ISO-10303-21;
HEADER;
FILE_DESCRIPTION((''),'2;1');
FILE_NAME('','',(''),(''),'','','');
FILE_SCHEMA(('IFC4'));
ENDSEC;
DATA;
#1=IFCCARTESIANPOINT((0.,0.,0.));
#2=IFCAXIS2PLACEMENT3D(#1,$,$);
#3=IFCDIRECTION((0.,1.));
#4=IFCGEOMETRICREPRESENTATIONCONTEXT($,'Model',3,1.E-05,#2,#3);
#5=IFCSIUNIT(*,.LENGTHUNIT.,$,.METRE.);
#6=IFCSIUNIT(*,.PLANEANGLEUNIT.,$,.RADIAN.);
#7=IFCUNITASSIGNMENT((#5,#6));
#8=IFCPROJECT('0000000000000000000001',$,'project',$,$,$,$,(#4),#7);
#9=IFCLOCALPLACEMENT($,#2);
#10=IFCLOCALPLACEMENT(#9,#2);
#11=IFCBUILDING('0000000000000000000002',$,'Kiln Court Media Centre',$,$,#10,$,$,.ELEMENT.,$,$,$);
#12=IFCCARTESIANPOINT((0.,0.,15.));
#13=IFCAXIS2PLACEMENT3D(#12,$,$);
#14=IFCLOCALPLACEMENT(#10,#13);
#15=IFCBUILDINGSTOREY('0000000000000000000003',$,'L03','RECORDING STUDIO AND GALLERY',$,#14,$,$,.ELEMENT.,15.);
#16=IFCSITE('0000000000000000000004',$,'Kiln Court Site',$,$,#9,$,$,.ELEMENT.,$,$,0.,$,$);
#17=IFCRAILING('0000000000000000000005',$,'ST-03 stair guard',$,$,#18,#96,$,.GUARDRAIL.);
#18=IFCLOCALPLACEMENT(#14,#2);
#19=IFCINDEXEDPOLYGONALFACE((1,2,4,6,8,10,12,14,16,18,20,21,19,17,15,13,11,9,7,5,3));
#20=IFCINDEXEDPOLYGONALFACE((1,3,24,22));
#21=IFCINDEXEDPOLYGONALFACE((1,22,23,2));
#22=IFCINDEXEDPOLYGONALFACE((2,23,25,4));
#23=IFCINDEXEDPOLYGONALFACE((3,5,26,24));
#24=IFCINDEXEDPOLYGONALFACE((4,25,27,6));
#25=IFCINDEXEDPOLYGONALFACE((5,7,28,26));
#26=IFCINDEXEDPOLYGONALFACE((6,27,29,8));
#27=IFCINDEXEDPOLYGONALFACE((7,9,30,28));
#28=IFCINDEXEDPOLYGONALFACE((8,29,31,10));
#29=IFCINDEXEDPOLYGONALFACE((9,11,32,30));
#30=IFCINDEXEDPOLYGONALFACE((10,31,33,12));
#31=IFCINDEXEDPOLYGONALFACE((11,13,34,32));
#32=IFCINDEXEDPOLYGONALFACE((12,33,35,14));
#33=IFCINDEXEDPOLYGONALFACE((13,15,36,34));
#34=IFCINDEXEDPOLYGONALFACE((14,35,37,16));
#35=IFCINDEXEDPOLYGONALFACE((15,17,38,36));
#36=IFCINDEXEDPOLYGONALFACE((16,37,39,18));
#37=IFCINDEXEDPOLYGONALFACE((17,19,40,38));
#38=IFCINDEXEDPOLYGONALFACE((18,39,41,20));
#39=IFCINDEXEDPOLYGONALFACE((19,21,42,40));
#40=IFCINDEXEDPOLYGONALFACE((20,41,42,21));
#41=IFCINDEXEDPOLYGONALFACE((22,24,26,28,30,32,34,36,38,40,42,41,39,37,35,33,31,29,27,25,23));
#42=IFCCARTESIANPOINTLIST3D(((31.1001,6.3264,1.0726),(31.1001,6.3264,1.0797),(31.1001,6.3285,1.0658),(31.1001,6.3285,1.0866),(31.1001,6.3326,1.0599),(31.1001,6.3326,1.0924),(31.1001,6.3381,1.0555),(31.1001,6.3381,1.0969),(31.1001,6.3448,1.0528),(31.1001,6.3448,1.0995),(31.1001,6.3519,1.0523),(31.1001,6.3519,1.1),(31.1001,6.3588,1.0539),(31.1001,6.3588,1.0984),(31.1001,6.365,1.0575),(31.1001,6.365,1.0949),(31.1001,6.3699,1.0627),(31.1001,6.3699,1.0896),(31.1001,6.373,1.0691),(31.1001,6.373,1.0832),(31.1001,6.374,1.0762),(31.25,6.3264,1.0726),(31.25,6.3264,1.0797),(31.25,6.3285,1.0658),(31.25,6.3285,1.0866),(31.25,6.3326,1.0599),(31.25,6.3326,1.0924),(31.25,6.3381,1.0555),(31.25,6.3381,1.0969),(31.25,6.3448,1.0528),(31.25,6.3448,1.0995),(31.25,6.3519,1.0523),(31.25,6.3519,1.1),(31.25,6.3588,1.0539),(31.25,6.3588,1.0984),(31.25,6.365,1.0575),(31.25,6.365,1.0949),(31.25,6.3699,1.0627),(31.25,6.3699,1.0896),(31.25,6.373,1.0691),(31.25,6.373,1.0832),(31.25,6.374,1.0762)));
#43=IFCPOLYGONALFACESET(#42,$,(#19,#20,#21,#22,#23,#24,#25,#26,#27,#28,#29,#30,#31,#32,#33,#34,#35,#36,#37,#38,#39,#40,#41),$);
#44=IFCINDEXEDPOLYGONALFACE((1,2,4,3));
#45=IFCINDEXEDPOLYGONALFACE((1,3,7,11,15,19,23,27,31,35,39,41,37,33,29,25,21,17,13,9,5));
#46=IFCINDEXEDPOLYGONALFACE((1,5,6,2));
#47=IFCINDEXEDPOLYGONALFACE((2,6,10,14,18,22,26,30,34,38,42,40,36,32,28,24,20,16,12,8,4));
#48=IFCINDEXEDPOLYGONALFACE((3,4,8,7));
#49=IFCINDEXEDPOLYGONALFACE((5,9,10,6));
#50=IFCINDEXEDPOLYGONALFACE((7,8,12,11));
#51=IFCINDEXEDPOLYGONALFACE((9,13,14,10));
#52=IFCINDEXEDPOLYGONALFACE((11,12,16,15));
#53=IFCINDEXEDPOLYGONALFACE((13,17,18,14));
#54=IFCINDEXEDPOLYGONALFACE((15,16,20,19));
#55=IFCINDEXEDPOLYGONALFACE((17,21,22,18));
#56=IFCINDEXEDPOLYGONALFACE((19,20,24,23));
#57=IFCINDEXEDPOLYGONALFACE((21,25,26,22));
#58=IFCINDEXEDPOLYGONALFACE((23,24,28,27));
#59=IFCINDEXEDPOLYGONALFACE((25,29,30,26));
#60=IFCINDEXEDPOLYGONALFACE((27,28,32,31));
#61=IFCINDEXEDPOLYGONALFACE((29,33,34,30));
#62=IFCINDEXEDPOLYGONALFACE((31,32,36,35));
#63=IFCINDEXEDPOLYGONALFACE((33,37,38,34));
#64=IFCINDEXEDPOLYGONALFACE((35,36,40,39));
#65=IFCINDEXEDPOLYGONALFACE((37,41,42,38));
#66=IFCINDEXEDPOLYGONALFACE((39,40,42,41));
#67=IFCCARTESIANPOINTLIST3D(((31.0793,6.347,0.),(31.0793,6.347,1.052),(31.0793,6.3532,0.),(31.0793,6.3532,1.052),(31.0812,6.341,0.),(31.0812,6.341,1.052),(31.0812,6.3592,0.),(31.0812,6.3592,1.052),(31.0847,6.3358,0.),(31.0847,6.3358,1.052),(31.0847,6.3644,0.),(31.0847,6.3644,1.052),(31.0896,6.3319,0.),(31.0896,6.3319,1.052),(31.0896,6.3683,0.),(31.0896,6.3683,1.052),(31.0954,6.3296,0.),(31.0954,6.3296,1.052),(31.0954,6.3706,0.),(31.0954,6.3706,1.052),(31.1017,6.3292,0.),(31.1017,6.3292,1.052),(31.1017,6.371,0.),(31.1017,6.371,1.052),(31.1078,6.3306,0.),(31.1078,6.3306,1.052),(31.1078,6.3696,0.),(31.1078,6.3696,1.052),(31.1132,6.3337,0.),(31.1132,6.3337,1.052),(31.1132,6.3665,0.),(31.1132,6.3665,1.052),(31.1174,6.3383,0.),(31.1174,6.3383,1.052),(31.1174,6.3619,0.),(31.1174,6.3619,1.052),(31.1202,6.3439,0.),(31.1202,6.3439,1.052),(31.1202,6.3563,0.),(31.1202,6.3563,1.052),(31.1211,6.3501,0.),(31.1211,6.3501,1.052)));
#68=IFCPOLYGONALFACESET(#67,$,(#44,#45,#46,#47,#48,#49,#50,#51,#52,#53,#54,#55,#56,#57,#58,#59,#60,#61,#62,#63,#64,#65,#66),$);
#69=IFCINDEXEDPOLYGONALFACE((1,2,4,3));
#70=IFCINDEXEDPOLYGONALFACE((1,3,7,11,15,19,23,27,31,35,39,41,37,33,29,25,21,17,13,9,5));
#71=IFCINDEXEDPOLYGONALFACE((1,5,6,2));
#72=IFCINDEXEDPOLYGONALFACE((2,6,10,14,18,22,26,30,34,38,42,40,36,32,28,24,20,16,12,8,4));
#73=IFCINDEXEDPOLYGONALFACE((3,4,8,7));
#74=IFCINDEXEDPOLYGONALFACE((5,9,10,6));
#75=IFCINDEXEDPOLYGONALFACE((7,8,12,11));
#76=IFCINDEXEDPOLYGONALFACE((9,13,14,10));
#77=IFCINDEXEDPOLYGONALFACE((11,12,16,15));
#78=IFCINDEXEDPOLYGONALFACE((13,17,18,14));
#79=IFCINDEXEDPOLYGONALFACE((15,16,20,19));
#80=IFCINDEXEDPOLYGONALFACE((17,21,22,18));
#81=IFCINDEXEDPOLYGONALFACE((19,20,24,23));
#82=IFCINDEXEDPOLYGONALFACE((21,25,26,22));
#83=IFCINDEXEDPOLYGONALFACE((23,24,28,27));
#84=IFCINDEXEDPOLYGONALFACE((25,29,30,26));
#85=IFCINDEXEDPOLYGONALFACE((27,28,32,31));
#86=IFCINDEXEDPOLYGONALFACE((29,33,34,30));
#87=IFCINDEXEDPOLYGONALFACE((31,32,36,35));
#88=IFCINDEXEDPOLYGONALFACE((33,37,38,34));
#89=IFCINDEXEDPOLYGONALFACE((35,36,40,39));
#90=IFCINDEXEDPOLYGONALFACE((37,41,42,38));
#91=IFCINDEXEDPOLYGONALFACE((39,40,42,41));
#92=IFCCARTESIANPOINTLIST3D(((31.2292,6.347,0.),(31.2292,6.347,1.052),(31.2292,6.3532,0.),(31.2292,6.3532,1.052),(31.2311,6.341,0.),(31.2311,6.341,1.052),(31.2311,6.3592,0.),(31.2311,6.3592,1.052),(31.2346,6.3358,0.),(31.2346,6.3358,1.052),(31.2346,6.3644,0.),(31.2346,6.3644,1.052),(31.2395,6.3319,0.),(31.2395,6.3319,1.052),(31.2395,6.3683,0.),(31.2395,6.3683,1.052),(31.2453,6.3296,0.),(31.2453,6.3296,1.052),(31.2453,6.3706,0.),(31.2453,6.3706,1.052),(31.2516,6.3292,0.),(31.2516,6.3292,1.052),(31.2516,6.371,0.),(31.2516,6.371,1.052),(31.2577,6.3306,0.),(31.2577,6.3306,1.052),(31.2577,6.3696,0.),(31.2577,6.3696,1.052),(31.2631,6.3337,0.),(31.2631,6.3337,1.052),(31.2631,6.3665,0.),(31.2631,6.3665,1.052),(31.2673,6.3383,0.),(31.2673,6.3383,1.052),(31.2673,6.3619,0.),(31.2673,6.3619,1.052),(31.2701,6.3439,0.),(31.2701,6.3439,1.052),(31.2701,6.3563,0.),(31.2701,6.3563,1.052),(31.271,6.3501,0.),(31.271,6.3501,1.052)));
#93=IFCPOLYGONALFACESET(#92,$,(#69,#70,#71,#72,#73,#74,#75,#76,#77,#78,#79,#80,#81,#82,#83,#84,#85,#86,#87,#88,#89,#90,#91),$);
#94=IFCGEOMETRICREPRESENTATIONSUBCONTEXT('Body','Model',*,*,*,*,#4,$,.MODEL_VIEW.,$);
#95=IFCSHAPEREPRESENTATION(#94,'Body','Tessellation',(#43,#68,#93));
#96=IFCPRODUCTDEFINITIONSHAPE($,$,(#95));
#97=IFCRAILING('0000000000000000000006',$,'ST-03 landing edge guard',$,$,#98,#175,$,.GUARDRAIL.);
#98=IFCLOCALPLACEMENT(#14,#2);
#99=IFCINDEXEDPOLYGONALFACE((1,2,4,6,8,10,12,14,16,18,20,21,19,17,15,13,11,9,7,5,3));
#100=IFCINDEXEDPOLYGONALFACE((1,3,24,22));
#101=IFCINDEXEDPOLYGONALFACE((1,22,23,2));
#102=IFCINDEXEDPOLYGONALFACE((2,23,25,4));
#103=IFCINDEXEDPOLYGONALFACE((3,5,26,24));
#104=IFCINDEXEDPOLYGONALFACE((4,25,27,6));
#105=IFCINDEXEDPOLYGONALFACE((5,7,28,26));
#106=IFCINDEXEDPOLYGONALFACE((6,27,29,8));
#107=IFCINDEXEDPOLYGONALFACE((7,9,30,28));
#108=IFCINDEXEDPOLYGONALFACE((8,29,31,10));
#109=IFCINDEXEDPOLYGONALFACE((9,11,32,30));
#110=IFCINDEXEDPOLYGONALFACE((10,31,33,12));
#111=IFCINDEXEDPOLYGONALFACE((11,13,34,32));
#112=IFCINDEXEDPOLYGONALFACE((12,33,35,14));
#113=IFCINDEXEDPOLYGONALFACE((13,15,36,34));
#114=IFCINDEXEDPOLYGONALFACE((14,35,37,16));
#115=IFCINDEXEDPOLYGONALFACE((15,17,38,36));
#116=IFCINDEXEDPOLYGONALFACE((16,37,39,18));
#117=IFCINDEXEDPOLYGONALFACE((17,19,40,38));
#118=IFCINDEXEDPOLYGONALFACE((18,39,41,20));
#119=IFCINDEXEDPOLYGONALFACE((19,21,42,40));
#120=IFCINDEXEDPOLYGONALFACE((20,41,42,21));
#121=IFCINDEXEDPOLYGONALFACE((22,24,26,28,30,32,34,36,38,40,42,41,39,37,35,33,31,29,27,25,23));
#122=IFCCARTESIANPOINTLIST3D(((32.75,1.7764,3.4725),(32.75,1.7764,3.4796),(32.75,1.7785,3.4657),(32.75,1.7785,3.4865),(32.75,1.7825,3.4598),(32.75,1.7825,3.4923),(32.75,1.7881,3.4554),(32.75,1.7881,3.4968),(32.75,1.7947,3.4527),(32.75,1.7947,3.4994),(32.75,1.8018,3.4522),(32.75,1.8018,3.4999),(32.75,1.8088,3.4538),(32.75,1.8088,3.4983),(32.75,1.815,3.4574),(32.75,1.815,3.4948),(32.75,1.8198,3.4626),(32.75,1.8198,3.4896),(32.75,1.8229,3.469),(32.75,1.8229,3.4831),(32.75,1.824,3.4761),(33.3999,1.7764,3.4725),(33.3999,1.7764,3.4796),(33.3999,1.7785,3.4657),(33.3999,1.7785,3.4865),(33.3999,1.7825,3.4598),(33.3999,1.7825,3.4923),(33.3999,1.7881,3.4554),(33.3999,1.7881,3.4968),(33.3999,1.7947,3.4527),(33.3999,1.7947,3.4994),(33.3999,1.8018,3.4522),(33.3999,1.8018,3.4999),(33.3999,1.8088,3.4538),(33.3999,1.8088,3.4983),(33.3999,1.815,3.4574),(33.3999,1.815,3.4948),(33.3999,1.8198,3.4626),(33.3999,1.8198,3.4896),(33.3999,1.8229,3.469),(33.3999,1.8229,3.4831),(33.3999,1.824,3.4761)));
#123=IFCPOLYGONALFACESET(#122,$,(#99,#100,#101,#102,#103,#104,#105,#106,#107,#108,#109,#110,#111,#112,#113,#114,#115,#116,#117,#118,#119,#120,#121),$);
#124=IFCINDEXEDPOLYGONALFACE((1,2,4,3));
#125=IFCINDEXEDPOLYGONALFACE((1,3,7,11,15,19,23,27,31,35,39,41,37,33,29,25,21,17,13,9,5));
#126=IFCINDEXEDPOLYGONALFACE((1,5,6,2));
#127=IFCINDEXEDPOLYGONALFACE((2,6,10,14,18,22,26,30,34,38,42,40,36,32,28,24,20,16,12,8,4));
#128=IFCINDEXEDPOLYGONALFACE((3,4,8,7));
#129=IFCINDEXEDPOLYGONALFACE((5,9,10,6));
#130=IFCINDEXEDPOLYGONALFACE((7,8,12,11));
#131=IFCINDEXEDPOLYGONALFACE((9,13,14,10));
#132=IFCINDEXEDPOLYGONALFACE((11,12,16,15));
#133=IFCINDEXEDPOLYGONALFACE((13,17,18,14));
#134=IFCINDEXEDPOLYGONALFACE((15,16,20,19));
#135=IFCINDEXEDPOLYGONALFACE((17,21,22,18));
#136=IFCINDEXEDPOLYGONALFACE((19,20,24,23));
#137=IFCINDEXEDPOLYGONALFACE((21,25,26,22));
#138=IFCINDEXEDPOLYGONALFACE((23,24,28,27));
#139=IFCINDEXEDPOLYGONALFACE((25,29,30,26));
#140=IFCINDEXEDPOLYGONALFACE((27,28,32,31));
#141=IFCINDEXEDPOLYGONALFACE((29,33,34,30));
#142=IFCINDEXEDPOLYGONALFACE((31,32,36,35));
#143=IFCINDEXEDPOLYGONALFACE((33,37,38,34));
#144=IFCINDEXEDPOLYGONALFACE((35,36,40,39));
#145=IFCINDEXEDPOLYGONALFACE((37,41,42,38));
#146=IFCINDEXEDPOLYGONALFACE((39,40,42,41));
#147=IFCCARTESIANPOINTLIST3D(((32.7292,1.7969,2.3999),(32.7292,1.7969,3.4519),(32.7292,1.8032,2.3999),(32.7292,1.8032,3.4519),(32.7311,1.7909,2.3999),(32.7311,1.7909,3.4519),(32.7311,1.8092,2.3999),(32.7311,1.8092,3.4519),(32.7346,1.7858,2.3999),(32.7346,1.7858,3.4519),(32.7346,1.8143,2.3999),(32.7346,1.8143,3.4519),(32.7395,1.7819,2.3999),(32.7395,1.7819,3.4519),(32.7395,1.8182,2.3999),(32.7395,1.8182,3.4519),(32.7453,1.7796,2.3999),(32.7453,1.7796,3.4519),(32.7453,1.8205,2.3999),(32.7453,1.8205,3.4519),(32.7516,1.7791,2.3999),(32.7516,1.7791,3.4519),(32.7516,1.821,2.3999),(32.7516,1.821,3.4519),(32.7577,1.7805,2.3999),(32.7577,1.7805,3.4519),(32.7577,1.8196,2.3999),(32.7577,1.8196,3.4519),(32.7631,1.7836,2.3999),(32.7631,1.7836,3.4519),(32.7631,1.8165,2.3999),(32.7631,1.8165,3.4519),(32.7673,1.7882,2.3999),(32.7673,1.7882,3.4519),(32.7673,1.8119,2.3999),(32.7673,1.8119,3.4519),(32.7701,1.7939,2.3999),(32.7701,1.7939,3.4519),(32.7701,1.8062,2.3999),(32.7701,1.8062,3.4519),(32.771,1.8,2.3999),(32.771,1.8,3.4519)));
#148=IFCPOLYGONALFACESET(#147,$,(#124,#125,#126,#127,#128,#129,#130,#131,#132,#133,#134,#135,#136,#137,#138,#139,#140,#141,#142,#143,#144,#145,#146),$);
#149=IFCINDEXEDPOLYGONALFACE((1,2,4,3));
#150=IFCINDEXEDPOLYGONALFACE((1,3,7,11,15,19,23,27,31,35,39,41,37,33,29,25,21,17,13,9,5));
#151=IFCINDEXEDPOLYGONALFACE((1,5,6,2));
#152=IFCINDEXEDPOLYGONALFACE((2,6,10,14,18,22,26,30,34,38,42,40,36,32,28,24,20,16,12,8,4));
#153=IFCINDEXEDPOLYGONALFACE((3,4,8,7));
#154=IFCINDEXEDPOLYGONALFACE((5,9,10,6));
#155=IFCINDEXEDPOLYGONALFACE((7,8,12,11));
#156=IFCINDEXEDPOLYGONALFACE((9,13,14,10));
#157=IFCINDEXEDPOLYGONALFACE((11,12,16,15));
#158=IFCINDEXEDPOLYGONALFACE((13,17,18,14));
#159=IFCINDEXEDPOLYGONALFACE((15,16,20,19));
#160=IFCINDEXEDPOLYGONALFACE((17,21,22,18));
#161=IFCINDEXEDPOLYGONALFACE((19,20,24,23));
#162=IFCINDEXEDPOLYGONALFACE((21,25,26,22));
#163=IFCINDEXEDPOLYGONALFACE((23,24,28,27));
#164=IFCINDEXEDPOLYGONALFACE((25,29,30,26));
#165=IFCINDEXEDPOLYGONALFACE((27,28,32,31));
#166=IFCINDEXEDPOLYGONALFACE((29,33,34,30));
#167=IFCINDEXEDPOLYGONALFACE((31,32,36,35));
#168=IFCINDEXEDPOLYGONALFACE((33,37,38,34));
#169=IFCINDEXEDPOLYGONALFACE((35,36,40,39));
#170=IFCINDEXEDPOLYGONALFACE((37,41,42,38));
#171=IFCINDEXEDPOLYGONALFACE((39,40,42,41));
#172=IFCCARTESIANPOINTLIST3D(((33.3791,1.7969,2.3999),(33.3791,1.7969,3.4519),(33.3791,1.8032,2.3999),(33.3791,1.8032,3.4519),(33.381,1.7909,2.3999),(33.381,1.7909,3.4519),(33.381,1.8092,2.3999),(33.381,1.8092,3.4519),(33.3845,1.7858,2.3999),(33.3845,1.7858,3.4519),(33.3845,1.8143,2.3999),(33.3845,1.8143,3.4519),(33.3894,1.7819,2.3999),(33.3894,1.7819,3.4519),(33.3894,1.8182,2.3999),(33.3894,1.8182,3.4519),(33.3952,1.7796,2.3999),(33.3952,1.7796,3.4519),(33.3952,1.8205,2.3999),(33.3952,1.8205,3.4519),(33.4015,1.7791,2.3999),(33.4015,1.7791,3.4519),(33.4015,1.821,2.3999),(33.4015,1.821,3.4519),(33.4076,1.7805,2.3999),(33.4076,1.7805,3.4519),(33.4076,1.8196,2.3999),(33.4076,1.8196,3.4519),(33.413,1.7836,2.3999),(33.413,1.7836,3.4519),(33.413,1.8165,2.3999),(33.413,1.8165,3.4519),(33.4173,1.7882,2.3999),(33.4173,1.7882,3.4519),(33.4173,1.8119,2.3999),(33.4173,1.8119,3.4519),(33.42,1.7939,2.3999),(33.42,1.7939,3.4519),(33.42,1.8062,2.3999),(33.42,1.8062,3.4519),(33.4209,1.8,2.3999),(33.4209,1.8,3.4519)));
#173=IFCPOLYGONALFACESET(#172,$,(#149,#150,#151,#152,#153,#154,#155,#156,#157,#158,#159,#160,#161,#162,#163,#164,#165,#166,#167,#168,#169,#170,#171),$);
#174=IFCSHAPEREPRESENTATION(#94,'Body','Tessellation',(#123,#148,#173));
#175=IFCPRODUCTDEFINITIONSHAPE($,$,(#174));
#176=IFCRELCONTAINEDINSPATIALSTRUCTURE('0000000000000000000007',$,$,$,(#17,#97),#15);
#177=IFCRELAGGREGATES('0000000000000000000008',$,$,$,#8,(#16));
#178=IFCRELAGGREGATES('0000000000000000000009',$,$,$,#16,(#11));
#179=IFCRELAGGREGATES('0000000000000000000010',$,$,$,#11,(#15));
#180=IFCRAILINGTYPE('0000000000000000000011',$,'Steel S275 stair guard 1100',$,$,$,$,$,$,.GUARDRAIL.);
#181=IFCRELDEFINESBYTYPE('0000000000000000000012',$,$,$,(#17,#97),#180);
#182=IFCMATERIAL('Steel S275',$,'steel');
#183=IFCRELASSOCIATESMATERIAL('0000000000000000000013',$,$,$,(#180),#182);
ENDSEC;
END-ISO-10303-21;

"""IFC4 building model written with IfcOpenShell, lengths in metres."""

from ifc_helpers import new_model, si_unit, direction, frame, origin, origin_2d, place, context, subcontext, project, spatial, circle, extrude, material, type_object, element, save


model = new_model("IFC4")

# Units and contexts
model_context = context("Model", 3, precision=1e-05, world=origin(), true_north=direction((0.0, 1.0)))
body_context = subcontext(model_context, "Body", "Model", "MODEL_VIEW")
ifc_project = project(units=[si_unit("LENGTHUNIT", "METRE"), si_unit("PLANEANGLEUNIT", "RADIAN")], contexts=[model_context])

# Site, building, storey
site_placement = place(None, origin())
site = spatial("IfcSite", under=ifc_project, at=site_placement, Name="Kiln Court Site", CompositionType="ELEMENT", RefElevation=0.0)
building_placement = place(site_placement, origin())
building = spatial("IfcBuilding", under=site, at=building_placement, Name="Kiln Court Media Centre", CompositionType="ELEMENT")
storey_placement = place(building_placement, frame((0.0, 0.0, 15.0)))
storey = spatial("IfcBuildingStorey", under=building, at=storey_placement, Name="L03", Description="RECORDING STUDIO AND GALLERY", CompositionType="ELEMENT", Elevation=15.0)

# Railings
ifc_material_1 = material(Name="Steel S275", Category="steel")
railing_type_1 = type_object("IfcRailingType", Name="Steel S275 stair guard 1100", PredefinedType="GUARDRAIL", material=ifc_material_1)
railing_1_placement = place(storey_placement, frame((31.1001, 6.3501, 0.0)))
element("IfcRailing", 1, at=railing_1_placement, inside=storey, type_object=railing_type_1, Name="ST-03 stair guard", PredefinedType="GUARDRAIL", context=body_context, shape_type="SweptSolid", body=[
    extrude(circle(Radius=0.0239, at=origin_2d()), frame((0.0, 0.0, 1.0762), z_axis=(1.0, 0.0, 0.0), x_axis=(0.0, 1.0, 0.0)), (0.0, 0.0, 1.0), 0.1499),
    extrude(circle(Radius=0.021, at=origin_2d()), origin(), (0.0, 0.0, 1.0), 1.052),
    extrude(circle(Radius=0.021, at=origin_2d()), frame((0.1499, 0.0, 0.0)), (0.0, 0.0, 1.0), 1.052),
])
for number, where, name in (
    (2, (32.75, 1.8, 2.3999), "ST-03 landing edge guard"),
):
    element("IfcRailing", number, at=place(storey_placement, frame(where)), inside=storey, type_object=railing_type_1, Name=name, PredefinedType="GUARDRAIL", context=body_context, shape_type="SweptSolid", body=[
        extrude(circle(Radius=0.0239, at=origin_2d()), frame((0.0, 0.0, 1.0762), z_axis=(1.0, 0.0, 0.0), x_axis=(0.0, 1.0, 0.0)), (0.0, 0.0, 1.0), 0.6499),
        extrude(circle(Radius=0.021, at=origin_2d()), origin(), (0.0, 0.0, 1.0), 1.052),
        extrude(circle(Radius=0.021, at=origin_2d()), frame((0.6499, 0.0, 0.0)), (0.0, 0.0, 1.0), 1.052),
    ])

save(model, "model.ifc")
